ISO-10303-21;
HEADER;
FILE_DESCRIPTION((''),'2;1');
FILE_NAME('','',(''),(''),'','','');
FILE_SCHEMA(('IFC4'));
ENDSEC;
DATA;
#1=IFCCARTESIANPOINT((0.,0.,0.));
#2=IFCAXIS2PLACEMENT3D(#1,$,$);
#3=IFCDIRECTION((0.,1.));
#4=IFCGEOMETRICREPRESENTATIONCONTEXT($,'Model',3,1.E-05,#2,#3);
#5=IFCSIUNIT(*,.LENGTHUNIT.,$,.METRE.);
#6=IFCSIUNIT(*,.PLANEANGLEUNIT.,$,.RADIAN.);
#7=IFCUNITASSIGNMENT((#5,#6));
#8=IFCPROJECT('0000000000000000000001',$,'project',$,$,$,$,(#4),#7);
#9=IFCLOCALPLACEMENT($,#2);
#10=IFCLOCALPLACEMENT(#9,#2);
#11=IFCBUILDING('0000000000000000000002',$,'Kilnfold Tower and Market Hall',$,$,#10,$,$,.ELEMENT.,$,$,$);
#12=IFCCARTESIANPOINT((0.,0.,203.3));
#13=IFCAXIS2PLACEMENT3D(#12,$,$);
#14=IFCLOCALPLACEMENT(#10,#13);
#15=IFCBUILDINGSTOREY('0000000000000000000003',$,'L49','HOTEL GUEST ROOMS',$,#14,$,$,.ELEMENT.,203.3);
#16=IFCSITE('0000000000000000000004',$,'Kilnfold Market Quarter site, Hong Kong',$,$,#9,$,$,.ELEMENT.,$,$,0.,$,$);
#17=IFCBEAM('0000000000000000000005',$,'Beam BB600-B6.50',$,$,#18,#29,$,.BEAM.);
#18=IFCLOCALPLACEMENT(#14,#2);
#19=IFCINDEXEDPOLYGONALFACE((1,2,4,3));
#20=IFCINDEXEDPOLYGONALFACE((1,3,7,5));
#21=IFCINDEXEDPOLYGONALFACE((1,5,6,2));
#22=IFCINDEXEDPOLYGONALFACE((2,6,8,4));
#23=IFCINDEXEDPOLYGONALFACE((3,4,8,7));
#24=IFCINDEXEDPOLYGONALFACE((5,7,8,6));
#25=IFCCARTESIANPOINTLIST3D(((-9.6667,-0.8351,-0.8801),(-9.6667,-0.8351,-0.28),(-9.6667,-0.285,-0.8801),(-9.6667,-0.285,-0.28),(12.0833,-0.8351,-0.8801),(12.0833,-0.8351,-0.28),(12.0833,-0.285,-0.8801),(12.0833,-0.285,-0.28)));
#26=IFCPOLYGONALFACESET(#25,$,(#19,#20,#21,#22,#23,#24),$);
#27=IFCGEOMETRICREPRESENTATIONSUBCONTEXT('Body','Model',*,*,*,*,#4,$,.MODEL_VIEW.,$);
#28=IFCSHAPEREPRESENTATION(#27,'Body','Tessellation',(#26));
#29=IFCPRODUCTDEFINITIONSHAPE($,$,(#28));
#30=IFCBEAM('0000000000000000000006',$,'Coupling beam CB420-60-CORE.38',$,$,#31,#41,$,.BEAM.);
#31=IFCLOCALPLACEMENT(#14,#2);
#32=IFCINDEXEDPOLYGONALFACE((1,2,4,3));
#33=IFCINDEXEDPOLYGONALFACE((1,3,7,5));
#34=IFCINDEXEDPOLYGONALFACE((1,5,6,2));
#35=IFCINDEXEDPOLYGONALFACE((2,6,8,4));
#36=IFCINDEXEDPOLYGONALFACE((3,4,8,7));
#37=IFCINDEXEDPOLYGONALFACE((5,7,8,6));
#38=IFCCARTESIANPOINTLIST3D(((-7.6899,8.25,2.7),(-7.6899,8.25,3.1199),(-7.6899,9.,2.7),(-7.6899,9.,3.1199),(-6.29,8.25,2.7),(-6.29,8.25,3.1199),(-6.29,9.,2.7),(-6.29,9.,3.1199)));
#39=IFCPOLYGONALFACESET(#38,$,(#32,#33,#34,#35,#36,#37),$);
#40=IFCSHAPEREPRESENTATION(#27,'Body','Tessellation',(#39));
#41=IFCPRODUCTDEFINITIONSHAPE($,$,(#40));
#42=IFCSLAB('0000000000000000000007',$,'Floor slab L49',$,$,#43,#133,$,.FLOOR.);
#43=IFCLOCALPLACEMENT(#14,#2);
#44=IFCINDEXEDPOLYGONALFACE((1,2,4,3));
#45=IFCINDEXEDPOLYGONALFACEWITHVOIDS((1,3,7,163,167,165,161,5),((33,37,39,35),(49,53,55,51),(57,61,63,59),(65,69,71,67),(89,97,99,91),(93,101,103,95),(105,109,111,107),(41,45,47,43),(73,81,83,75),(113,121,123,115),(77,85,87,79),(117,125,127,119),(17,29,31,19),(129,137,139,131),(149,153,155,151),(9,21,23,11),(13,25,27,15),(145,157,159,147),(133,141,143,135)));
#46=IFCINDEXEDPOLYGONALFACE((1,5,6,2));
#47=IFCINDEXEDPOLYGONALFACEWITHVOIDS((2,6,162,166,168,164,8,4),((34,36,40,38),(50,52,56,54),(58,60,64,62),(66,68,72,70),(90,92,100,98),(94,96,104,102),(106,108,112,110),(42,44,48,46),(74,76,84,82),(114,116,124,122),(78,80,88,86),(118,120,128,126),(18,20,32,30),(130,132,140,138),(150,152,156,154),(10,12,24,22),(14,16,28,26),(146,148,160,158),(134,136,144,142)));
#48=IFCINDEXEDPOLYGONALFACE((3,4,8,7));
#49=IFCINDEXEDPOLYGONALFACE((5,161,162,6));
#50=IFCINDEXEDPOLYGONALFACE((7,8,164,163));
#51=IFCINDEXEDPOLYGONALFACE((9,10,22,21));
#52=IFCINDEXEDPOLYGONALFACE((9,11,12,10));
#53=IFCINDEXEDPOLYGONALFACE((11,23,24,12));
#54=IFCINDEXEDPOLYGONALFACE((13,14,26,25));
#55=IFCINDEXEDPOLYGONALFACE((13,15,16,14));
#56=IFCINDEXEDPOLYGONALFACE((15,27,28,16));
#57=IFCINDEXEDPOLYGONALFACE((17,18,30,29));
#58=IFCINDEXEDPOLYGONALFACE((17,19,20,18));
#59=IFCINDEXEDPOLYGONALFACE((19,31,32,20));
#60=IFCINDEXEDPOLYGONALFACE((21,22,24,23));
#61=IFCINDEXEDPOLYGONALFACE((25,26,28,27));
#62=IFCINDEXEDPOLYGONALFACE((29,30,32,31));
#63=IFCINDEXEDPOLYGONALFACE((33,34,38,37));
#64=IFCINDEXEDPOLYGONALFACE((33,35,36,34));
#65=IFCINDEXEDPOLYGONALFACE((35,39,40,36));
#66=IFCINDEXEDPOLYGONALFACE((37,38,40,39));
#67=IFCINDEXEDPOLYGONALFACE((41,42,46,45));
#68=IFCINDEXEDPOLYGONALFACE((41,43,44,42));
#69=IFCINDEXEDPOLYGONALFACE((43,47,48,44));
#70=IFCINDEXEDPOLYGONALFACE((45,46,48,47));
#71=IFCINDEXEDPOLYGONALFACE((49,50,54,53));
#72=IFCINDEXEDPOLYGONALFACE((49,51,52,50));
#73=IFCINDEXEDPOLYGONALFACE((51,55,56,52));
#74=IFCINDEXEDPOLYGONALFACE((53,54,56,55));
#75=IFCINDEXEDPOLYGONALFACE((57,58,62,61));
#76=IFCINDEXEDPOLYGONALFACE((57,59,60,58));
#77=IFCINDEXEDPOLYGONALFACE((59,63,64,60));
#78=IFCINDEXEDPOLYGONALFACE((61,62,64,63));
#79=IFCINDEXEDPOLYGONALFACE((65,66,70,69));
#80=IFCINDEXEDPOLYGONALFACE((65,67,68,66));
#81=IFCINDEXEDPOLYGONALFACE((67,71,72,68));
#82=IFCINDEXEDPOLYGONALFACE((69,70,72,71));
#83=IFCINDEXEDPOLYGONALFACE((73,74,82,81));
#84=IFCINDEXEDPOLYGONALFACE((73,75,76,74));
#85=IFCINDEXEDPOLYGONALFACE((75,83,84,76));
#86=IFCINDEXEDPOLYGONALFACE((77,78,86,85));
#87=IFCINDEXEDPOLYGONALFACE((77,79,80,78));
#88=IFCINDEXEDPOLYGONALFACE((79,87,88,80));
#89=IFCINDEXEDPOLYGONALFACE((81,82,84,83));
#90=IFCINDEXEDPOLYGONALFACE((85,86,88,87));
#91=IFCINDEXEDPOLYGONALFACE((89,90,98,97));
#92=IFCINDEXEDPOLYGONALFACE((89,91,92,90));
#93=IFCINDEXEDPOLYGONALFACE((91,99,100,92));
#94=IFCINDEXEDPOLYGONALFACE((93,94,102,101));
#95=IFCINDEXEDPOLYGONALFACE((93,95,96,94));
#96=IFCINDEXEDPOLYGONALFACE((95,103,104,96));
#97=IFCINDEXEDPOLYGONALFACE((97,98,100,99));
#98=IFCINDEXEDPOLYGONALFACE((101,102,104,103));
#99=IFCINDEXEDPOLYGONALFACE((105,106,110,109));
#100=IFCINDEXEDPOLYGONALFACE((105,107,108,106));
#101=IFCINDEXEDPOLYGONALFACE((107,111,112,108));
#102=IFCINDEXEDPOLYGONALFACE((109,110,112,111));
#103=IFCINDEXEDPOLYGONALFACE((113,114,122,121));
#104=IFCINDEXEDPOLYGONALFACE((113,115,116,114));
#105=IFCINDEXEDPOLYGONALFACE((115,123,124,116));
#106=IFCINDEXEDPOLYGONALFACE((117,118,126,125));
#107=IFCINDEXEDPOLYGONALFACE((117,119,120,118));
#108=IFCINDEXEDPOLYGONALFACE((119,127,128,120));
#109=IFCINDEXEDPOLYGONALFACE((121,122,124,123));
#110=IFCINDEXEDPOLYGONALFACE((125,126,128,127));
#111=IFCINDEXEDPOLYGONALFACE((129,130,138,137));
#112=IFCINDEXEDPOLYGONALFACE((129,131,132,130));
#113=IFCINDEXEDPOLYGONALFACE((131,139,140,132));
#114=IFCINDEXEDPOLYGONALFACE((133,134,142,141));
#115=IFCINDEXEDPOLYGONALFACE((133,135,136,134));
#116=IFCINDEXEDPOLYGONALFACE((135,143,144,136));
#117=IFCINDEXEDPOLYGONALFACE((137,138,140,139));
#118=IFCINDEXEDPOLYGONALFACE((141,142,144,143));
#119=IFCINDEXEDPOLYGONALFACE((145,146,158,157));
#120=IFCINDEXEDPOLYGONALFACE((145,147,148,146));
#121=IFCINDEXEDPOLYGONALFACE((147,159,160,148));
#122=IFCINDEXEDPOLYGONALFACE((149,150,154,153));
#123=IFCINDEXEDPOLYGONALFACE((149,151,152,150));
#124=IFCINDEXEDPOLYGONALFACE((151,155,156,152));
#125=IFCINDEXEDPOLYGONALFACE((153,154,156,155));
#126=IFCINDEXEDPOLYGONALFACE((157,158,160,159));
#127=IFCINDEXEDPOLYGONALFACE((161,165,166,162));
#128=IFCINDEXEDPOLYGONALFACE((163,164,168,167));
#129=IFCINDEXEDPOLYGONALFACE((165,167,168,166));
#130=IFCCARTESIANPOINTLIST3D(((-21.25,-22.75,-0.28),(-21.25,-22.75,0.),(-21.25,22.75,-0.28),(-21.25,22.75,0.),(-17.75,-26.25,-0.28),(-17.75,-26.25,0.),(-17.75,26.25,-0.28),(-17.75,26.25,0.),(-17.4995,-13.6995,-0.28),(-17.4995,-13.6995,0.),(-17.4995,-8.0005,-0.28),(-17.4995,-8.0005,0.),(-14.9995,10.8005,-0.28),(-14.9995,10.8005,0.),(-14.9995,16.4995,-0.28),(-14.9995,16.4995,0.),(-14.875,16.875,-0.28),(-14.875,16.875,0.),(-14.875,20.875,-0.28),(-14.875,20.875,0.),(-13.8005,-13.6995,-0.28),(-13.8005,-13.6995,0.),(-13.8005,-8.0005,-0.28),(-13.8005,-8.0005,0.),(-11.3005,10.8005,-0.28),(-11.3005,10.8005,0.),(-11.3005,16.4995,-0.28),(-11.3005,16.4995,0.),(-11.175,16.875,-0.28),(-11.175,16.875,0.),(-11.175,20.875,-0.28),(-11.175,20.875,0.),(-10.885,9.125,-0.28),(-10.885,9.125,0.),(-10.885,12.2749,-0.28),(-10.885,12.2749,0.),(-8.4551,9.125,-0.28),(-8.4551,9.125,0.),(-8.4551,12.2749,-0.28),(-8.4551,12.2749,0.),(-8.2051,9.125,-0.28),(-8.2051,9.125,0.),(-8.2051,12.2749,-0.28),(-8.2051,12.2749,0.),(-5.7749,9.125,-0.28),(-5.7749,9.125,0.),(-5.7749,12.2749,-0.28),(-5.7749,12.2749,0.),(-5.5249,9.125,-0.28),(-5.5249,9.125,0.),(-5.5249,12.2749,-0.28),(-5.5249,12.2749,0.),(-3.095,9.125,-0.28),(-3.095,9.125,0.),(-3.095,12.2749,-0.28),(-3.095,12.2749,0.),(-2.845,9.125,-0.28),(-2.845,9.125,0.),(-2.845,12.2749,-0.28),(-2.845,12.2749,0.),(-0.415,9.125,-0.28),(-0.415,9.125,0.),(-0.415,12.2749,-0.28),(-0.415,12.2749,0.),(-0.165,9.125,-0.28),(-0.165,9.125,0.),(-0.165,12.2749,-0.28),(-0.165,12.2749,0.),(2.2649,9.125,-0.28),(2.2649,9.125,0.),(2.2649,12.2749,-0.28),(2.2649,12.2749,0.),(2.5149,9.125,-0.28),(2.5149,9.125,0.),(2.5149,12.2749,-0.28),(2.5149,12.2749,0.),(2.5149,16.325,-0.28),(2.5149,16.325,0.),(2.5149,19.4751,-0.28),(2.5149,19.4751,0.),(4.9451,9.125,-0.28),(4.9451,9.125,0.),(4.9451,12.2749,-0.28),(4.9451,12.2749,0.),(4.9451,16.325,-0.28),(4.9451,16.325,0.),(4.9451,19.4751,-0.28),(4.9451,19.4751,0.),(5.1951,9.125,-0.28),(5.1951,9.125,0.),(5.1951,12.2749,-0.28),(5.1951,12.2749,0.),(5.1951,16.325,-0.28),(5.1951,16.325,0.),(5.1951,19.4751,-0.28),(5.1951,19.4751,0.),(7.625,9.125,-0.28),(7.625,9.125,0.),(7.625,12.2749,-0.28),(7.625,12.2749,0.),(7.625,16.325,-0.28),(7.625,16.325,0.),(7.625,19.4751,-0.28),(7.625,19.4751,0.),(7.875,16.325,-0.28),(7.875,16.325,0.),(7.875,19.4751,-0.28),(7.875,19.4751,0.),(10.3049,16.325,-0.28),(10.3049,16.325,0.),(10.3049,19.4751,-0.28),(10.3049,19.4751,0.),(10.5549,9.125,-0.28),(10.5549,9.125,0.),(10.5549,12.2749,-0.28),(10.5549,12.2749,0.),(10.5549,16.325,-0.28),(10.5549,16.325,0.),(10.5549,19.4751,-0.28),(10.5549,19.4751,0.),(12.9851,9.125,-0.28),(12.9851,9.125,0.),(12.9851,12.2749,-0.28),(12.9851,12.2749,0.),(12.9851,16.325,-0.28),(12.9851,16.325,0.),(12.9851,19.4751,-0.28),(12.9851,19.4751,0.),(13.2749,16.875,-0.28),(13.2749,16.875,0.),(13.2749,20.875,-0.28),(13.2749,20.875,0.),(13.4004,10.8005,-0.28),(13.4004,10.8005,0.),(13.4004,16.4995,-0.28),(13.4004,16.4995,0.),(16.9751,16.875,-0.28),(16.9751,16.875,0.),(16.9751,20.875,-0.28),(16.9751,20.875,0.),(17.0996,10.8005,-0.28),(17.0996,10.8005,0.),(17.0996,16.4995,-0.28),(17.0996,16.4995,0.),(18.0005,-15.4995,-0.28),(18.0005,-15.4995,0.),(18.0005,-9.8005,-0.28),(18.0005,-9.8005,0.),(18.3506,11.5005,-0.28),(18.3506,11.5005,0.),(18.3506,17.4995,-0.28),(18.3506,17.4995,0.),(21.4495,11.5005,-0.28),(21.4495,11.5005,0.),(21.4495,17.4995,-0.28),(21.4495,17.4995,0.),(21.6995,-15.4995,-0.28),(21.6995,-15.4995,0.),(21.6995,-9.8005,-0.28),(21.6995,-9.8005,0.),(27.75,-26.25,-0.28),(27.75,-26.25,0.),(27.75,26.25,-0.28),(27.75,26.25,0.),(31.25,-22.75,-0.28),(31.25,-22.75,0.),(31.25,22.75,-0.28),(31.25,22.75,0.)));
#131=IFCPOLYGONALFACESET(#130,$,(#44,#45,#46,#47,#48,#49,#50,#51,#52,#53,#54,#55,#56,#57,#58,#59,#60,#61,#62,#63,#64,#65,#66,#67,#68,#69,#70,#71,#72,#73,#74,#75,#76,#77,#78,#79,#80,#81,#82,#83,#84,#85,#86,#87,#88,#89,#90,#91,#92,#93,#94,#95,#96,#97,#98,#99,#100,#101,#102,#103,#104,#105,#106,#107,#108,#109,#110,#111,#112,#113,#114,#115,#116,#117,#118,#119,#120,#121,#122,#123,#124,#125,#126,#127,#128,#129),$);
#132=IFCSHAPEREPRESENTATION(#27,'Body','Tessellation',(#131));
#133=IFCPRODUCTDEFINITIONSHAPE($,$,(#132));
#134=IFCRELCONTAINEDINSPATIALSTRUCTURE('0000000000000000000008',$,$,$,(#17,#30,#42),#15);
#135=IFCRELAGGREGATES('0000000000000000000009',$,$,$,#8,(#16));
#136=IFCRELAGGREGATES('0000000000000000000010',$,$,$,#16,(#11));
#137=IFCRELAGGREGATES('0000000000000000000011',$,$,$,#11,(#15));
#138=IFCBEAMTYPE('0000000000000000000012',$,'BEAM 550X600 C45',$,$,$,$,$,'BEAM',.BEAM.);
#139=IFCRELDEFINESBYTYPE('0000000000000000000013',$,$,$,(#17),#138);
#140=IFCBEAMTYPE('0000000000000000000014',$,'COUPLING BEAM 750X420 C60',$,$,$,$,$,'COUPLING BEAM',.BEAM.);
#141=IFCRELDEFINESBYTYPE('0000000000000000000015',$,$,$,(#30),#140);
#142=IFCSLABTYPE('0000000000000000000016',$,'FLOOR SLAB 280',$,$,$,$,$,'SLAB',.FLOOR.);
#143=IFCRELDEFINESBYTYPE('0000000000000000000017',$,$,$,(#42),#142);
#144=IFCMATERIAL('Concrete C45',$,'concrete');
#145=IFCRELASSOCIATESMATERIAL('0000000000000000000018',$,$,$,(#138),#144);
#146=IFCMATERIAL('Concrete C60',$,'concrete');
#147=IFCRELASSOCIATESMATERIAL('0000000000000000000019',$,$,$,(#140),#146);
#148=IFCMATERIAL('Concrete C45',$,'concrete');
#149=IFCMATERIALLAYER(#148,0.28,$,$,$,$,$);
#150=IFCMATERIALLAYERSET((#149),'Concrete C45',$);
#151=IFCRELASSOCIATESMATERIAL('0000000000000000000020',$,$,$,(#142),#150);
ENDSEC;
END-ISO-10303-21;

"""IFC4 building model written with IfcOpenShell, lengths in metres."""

from ifc_helpers import new_model, si_unit, direction, frame, origin, origin_2d, place, context, subcontext, project, spatial, polyline, rectangle, outline, extrude, source, transform, mapped, material, layer, layer_set, material_profile, profile_set, type_object, element, save


model = new_model("IFC4")

# Units and contexts
model_context = context("Model", 3, precision=1e-05, world=origin(), true_north=direction((0.0, 1.0)))
body_context = subcontext(model_context, "Body", "Model", "MODEL_VIEW")
ifc_project = project(units=[si_unit("LENGTHUNIT", "METRE"), si_unit("PLANEANGLEUNIT", "RADIAN")], contexts=[model_context])

# Site, building, storey
site_placement = place(None, origin())
site = spatial("IfcSite", under=ifc_project, at=site_placement, Name="Kilnfold Market Quarter site, Hong Kong", CompositionType="ELEMENT", RefElevation=0.0)
building_placement = place(site_placement, origin())
building = spatial("IfcBuilding", under=site, at=building_placement, Name="Kilnfold Tower and Market Hall", CompositionType="ELEMENT")
storey_placement = place(building_placement, frame((0.0, 0.0, 203.3)))
storey = spatial("IfcBuildingStorey", under=building, at=storey_placement, Name="L49", Description="HOTEL GUEST ROOMS", CompositionType="ELEMENT", Elevation=203.3)

# Beams
ifc_material_1 = material(Name="Concrete C45", Category="concrete")
ifc_material_profile_1 = material_profile(ifc_material_1, rectangle(XDim=0.55, YDim=0.6001, at=origin_2d()), Name="RC 550x600")
ifc_profile_set_1 = profile_set([ifc_material_profile_1], Name="Concrete C45")
beam_type_1 = type_object("IfcBeamType", Name="BEAM 550X600 C45", ElementType="BEAM", PredefinedType="BEAM", material=ifc_profile_set_1)
shared_shape_1 = source(origin(), body_context, "Body", "SweptSolid", [
    extrude(rectangle(XDim=0.55, YDim=0.6001, at=origin_2d()), origin(), (0.0, 0.0, 1.0), 21.75),
])
beam_1_placement = place(storey_placement, frame((-9.6667, -0.5601, -0.5801), z_axis=(1.0, 0.0, 0.0), x_axis=(0.0, 1.0, 0.0)))
element("IfcBeam", 1, at=beam_1_placement, inside=storey, type_object=beam_type_1, Name="Beam BB600-B6.50", PredefinedType="BEAM", context=body_context, shape_type="MappedRepresentation", body=[
    mapped(shared_shape_1, transform((0.0, 0.0, 0.0))),
])
ifc_material_2 = material(Name="Concrete C60", Category="concrete")
ifc_material_profile_2 = material_profile(ifc_material_2, rectangle(XDim=0.75, YDim=0.4199, at=origin_2d()), Name="RC 750x420")
ifc_profile_set_2 = profile_set([ifc_material_profile_2], Name="Concrete C60")
beam_type_2 = type_object("IfcBeamType", Name="COUPLING BEAM 750X420 C60", ElementType="COUPLING BEAM", PredefinedType="BEAM", material=ifc_profile_set_2)
shared_shape_2 = source(origin(), body_context, "Body", "SweptSolid", [
    extrude(rectangle(XDim=0.75, YDim=0.4199, at=origin_2d()), origin(), (0.0, 0.0, 1.0), 1.3999),
])
beam_2_placement = place(storey_placement, frame((-7.6899, 8.625, 2.9099), z_axis=(1.0, 0.0, 0.0), x_axis=(0.0, 1.0, 0.0)))
element("IfcBeam", 2, at=beam_2_placement, inside=storey, type_object=beam_type_2, Name="Coupling beam CB420-60-CORE.38", PredefinedType="BEAM", context=body_context, shape_type="MappedRepresentation", body=[
    mapped(shared_shape_2, transform((0.0, 0.0, 0.0))),
])

# Slab
ifc_material_3 = material(Name="Concrete C45", Category="concrete")
ifc_layer_1 = layer(ifc_material_3, 0.28)
ifc_layer_set_1 = layer_set([ifc_layer_1], Name="Concrete C45")
slab_type_1 = type_object("IfcSlabType", Name="FLOOR SLAB 280", ElementType="SLAB", PredefinedType="FLOOR", material=ifc_layer_set_1)
shared_shape_3 = source(origin(), body_context, "Body", "SweptSolid", [
    extrude(outline(polyline([(-17.75, -26.25), (27.75, -26.25), (31.25, -22.75), (31.25, 22.75), (27.75, 26.25), (-17.75, 26.25), (-21.25, 22.75), (-21.25, -22.75), (-17.75, -26.25)]), holes=[polyline([(-13.8005, -13.6995), (-17.4995, -13.6995), (-17.4995, -8.0005), (-13.8005, -8.0005), (-13.8005, -13.6995)]), polyline([(-14.9995, 10.8005), (-14.9995, 16.4995), (-11.3005, 16.4995), (-11.3005, 10.8005), (-14.9995, 10.8005)]), polyline([(-11.175, 16.875), (-14.875, 16.875), (-14.875, 20.875), (-11.175, 20.875), (-11.175, 16.875)]), polyline([(-8.4551, 9.125), (-10.885, 9.125), (-10.885, 12.2749), (-8.4551, 12.2749), (-8.4551, 9.125)]), polyline([(-5.7749, 9.125), (-8.2051, 9.125), (-8.2051, 12.2749), (-5.7749, 12.2749), (-5.7749, 9.125)]), polyline([(-3.095, 9.125), (-5.5249, 9.125), (-5.5249, 12.2749), (-3.095, 12.2749), (-3.095, 9.125)]), polyline([(-0.415, 9.125), (-2.845, 9.125), (-2.845, 12.2749), (-0.415, 12.2749), (-0.415, 9.125)]), polyline([(2.2649, 9.125), (-0.165, 9.125), (-0.165, 12.2749), (2.2649, 12.2749), (2.2649, 9.125)]), polyline([(4.9451, 9.125), (2.5149, 9.125), (2.5149, 12.2749), (4.9451, 12.2749), (4.9451, 9.125)]), polyline([(2.5149, 16.325), (2.5149, 19.4751), (4.9451, 19.4751), (4.9451, 16.325), (2.5149, 16.325)]), polyline([(7.625, 9.125), (5.1951, 9.125), (5.1951, 12.2749), (7.625, 12.2749), (7.625, 9.125)]), polyline([(7.625, 16.325), (5.1951, 16.325), (5.1951, 19.4751), (7.625, 19.4751), (7.625, 16.325)]), polyline([(10.3049, 16.325), (7.875, 16.325), (7.875, 19.4751), (10.3049, 19.4751), (10.3049, 16.325)]), polyline([(10.5549, 9.125), (10.5549, 12.2749), (12.9851, 12.2749), (12.9851, 9.125), (10.5549, 9.125)]), polyline([(10.5549, 16.325), (10.5549, 19.4751), (12.9851, 19.4751), (12.9851, 16.325), (10.5549, 16.325)]), polyline([(13.2749, 16.875), (13.2749, 20.875), (16.9751, 20.875), (16.9751, 16.875), (13.2749, 16.875)]), polyline([(13.4004, 10.8005), (13.4004, 16.4995), (17.0996, 16.4995), (17.0996, 10.8005), (13.4004, 10.8005)]), polyline([(18.0005, -9.8005), (21.6995, -9.8005), (21.6995, -15.4995), (18.0005, -15.4995), (18.0005, -9.8005)]), polyline([(21.4495, 11.5005), (18.3506, 11.5005), (18.3506, 17.4995), (21.4495, 17.4995), (21.4495, 11.5005)])]), origin(), (0.0, 0.0, 1.0), 0.28),
])
slab_1_placement = place(storey_placement, frame((0.0, 0.0, -0.28)))
element("IfcSlab", 3, at=slab_1_placement, inside=storey, type_object=slab_type_1, Name="Floor slab L49", PredefinedType="FLOOR", context=body_context, shape_type="MappedRepresentation", body=[
    mapped(shared_shape_3, transform((0.0, 0.0, 0.0))),
])

save(model, "model.ifc")
